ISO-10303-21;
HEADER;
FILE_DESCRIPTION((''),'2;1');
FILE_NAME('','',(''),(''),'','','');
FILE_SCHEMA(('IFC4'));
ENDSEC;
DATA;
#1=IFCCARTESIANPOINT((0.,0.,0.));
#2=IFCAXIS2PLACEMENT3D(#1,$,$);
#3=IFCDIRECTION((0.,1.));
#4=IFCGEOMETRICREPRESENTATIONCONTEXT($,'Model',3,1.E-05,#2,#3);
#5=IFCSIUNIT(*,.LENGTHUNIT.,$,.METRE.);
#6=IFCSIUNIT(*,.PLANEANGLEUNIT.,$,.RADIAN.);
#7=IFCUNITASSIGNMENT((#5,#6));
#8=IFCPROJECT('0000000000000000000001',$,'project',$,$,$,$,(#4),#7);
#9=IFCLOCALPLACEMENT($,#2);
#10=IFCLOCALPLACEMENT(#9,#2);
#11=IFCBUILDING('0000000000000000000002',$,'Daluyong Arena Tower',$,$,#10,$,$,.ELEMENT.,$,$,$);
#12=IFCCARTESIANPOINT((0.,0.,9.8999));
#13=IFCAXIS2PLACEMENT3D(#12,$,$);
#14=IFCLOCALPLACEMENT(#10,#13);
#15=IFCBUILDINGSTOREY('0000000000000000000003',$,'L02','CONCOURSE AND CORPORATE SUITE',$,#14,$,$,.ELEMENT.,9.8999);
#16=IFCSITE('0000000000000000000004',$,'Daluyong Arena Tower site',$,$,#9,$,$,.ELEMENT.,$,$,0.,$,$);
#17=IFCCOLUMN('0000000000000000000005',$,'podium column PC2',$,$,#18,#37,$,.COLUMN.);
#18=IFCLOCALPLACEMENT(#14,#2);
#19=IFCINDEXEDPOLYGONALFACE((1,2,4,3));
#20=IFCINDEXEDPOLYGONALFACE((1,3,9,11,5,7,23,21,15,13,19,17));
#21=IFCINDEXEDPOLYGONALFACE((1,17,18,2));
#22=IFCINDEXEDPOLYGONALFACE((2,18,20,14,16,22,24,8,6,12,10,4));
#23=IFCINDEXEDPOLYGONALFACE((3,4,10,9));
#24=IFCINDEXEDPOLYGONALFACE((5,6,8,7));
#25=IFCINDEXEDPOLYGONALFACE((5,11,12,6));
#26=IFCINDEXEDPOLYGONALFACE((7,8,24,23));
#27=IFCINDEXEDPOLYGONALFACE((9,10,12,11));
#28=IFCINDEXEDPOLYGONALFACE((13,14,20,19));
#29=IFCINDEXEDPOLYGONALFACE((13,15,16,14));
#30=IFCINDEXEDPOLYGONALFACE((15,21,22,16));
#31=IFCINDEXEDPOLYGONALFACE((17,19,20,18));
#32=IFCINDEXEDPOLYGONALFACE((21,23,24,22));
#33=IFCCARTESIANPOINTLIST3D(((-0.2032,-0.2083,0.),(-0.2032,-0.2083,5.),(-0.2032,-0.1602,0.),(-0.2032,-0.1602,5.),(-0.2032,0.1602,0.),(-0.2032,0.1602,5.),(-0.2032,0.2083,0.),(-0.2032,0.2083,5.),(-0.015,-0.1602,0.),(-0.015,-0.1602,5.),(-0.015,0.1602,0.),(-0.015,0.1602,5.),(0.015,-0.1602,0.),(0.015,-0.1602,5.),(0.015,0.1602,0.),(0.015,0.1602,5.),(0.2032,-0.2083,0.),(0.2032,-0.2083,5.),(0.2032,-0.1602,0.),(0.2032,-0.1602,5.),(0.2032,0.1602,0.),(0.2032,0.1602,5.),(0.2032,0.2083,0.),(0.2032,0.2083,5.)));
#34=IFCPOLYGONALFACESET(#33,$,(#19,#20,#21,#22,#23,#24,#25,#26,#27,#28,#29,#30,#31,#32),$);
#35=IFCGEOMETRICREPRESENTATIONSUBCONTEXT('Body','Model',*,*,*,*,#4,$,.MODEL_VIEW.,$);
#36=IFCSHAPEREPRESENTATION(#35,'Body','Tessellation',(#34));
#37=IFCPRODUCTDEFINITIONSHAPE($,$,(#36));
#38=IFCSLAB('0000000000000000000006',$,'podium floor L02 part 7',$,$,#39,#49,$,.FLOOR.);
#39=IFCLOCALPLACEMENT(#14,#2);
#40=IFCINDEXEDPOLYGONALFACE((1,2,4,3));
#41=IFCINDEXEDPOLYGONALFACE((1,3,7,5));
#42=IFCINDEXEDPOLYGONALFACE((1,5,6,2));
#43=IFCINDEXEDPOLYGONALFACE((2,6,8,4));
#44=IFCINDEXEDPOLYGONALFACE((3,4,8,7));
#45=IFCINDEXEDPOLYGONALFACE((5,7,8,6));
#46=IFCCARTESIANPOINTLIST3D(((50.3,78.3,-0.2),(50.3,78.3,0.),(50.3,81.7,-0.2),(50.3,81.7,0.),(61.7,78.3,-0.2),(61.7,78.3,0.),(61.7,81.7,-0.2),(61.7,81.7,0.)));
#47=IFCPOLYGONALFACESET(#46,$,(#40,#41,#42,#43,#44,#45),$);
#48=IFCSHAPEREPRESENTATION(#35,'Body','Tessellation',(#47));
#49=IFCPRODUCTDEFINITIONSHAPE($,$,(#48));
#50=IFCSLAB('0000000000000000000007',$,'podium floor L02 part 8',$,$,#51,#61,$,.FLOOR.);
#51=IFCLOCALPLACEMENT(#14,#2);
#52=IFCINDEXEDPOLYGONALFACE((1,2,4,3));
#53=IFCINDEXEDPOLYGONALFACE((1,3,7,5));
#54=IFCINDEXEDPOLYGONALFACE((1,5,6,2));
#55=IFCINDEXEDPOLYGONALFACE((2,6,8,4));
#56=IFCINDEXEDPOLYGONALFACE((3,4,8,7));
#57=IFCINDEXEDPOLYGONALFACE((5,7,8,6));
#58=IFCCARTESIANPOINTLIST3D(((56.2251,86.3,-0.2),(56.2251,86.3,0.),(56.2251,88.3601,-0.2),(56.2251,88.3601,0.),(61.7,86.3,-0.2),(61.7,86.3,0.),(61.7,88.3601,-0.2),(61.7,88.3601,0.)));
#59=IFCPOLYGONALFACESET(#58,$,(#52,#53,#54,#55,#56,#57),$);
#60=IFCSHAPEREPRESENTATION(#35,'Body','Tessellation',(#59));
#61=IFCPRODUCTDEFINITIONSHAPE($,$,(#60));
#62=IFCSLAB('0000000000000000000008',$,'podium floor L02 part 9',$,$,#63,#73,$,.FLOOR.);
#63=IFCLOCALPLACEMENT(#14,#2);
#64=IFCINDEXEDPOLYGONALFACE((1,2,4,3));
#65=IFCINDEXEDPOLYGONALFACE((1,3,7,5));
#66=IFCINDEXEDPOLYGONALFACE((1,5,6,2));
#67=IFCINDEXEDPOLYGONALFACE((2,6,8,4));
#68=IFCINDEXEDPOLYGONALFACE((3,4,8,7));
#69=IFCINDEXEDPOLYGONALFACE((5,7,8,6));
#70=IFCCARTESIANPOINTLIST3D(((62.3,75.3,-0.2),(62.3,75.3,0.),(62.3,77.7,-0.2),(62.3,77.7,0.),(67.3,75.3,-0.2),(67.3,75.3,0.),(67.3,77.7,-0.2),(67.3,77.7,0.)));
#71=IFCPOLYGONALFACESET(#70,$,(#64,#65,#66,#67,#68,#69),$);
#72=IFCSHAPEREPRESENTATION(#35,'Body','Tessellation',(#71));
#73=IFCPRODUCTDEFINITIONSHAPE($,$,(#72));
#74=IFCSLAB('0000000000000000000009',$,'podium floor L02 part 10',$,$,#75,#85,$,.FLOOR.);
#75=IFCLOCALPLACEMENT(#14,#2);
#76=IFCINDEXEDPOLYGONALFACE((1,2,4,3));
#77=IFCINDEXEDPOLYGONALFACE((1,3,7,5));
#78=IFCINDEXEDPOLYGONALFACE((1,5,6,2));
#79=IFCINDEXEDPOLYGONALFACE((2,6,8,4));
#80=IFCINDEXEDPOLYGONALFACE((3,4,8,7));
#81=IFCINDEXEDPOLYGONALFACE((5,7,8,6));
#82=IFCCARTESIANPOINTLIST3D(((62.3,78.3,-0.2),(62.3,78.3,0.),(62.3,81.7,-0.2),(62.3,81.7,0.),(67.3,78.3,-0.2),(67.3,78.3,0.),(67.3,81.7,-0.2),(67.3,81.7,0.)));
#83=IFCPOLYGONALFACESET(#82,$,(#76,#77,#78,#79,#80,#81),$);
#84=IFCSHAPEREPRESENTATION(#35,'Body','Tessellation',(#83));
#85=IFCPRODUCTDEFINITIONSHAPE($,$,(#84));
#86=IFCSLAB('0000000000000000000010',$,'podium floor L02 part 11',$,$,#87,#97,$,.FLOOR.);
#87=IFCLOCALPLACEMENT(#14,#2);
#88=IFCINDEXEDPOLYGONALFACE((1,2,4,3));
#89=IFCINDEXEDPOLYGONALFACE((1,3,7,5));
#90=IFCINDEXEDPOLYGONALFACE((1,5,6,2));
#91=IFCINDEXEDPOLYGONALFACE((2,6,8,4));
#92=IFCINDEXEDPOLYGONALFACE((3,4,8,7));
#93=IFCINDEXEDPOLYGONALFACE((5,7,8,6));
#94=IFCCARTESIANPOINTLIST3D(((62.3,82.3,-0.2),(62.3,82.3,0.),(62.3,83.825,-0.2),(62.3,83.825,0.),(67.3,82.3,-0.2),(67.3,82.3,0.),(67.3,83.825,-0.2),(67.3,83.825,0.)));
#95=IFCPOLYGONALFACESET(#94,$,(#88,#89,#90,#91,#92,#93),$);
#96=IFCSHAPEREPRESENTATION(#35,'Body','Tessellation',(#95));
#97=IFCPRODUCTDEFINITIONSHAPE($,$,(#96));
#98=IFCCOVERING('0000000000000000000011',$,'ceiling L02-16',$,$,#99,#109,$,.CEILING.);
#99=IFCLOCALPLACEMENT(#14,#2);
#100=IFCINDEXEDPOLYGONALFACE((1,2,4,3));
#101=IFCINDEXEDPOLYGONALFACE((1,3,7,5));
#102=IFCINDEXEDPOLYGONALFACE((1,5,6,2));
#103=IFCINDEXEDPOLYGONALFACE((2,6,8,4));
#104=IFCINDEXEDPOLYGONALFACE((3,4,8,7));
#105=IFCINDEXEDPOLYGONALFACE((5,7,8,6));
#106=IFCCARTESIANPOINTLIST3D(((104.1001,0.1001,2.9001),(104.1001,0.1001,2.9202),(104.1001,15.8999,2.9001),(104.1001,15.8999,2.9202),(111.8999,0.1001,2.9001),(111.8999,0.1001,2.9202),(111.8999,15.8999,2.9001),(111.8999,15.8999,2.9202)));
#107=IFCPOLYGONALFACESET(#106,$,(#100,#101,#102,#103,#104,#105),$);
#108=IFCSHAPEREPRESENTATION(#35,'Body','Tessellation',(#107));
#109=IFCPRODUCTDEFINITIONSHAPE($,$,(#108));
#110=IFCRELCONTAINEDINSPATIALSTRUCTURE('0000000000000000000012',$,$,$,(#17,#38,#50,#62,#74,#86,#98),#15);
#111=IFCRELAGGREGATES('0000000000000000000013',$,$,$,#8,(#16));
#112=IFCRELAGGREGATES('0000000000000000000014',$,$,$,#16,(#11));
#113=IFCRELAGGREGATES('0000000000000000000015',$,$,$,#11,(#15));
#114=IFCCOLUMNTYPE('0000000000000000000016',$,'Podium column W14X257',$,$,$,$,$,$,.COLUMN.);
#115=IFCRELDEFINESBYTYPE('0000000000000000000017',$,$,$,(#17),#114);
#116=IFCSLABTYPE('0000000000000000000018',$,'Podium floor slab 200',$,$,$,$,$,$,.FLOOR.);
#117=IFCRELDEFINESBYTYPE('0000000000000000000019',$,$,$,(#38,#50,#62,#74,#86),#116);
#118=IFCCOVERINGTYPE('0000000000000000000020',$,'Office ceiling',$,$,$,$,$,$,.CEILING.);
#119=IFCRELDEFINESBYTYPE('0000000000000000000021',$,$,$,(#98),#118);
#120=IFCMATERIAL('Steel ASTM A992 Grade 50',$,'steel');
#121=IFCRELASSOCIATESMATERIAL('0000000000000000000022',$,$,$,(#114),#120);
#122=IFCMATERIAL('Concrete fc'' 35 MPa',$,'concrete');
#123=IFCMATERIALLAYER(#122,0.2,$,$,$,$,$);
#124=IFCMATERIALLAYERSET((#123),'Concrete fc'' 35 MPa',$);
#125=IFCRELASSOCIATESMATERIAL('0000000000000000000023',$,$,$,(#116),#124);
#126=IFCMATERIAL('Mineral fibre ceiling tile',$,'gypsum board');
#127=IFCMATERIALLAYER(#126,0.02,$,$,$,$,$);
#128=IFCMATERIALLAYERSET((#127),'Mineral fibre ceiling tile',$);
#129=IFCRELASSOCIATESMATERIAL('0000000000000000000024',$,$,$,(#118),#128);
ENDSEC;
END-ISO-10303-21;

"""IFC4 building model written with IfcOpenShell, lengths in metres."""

from ifc_helpers import new_model, si_unit, direction, frame, origin, origin_with_axes, origin_2d, place, context, subcontext, project, spatial, polyline, i_section, outline, extrude, material, layer, layer_set, material_profile, profile_set, type_object, element, save


model = new_model("IFC4")

# Units and contexts
model_context = context("Model", 3, precision=1e-05, world=origin(), true_north=direction((0.0, 1.0)))
body_context = subcontext(model_context, "Body", "Model", "MODEL_VIEW")
ifc_project = project(units=[si_unit("LENGTHUNIT", "METRE"), si_unit("PLANEANGLEUNIT", "RADIAN")], contexts=[model_context])

# Site, building, storey
site_placement = place(None, origin())
site = spatial("IfcSite", under=ifc_project, at=site_placement, Name="Daluyong Arena Tower site", CompositionType="ELEMENT", RefElevation=0.0)
building_placement = place(site_placement, origin())
building = spatial("IfcBuilding", under=site, at=building_placement, Name="Daluyong Arena Tower", CompositionType="ELEMENT")
storey_placement = place(building_placement, frame((0.0, 0.0, 9.8999)))
storey = spatial("IfcBuildingStorey", under=building, at=storey_placement, Name="L02", Description="CONCOURSE AND CORPORATE SUITE", CompositionType="ELEMENT", Elevation=9.8999)

# Column
ifc_material_1 = material(Name="Steel ASTM A992 Grade 50", Category="steel")
ifc_material_profile = material_profile(ifc_material_1, i_section(OverallWidth=0.4065, OverallDepth=0.4165, WebThickness=0.03, FlangeThickness=0.0481, at=origin_2d()))
ifc_profile_set = profile_set([ifc_material_profile], Name="Steel ASTM A992 Grade 50")
column_type = type_object("IfcColumnType", Name="Podium column W14X257", PredefinedType="COLUMN", material=ifc_profile_set)
column_placement = place(storey_placement, origin_with_axes())
element("IfcColumn", 1, at=column_placement, inside=storey, type_object=column_type, Name="podium column PC2", PredefinedType="COLUMN", context=body_context, shape_type="SweptSolid", body=[
    extrude(i_section(OverallWidth=0.4065, OverallDepth=0.4165, WebThickness=0.03, FlangeThickness=0.0481, at=origin_2d()), origin(), (0.0, 0.0, 1.0), 5.0),
])

# Slabs
ifc_material_2 = material(Name="Concrete fc' 35 MPa", Category="concrete")
ifc_layer_1 = layer(ifc_material_2, 0.2)
ifc_layer_set_1 = layer_set([ifc_layer_1], Name="Concrete fc' 35 MPa")
slab_type = type_object("IfcSlabType", Name="Podium floor slab 200", PredefinedType="FLOOR", material=ifc_layer_set_1)
slab_1_placement = place(storey_placement, frame((0.0, 0.0, -0.2)))
element("IfcSlab", 2, at=slab_1_placement, inside=storey, type_object=slab_type, Name="podium floor L02 part 7", PredefinedType="FLOOR", context=body_context, shape_type="SweptSolid", body=[
    extrude(outline(polyline([(61.7, 81.7), (50.3, 81.7), (50.3, 78.3), (61.7, 78.3), (61.7, 81.7)])), origin(), (0.0, 0.0, 1.0), 0.2),
])
slab_2_placement = place(storey_placement, frame((0.0, 0.0, -0.2)))
element("IfcSlab", 3, at=slab_2_placement, inside=storey, type_object=slab_type, Name="podium floor L02 part 8", PredefinedType="FLOOR", context=body_context, shape_type="SweptSolid", body=[
    extrude(outline(polyline([(56.2251, 88.3601), (56.2251, 86.3), (61.7, 86.3), (61.7, 88.3601), (56.2251, 88.3601)])), origin(), (0.0, 0.0, 1.0), 0.2),
])
slab_3_placement = place(storey_placement, frame((0.0, 0.0, -0.2)))
element("IfcSlab", 4, at=slab_3_placement, inside=storey, type_object=slab_type, Name="podium floor L02 part 9", PredefinedType="FLOOR", context=body_context, shape_type="SweptSolid", body=[
    extrude(outline(polyline([(67.3, 75.3), (67.3, 77.7), (62.3, 77.7), (62.3, 75.3), (67.3, 75.3)])), origin(), (0.0, 0.0, 1.0), 0.2),
])
slab_4_placement = place(storey_placement, frame((0.0, 0.0, -0.2)))
element("IfcSlab", 5, at=slab_4_placement, inside=storey, type_object=slab_type, Name="podium floor L02 part 10", PredefinedType="FLOOR", context=body_context, shape_type="SweptSolid", body=[
    extrude(outline(polyline([(67.3, 81.7), (62.3, 81.7), (62.3, 78.3), (67.3, 78.3), (67.3, 81.7)])), origin(), (0.0, 0.0, 1.0), 0.2),
])
slab_5_placement = place(storey_placement, frame((0.0, 0.0, -0.2)))
element("IfcSlab", 6, at=slab_5_placement, inside=storey, type_object=slab_type, Name="podium floor L02 part 11", PredefinedType="FLOOR", context=body_context, shape_type="SweptSolid", body=[
    extrude(outline(polyline([(62.3, 83.825), (62.3, 82.3), (67.3, 82.3), (67.3, 83.825), (62.3, 83.825)])), origin(), (0.0, 0.0, 1.0), 0.2),
])

# Covering
ifc_material_3 = material(Name="Mineral fibre ceiling tile", Category="gypsum board")
ifc_layer_2 = layer(ifc_material_3, 0.02)
ifc_layer_set_2 = layer_set([ifc_layer_2], Name="Mineral fibre ceiling tile")
covering_type = type_object("IfcCoveringType", Name="Office ceiling", PredefinedType="CEILING", material=ifc_layer_set_2)
covering_placement = place(storey_placement, frame((0.0, 0.0, 2.9001)))
element("IfcCovering", 7, at=covering_placement, inside=storey, type_object=covering_type, Name="ceiling L02-16", PredefinedType="CEILING", context=body_context, shape_type="SweptSolid", body=[
    extrude(outline(polyline([(111.8999, 0.1001), (111.8999, 15.8999), (104.1001, 15.8999), (104.1001, 0.1001), (111.8999, 0.1001)])), origin(), (0.0, 0.0, 1.0), 0.02),
])

save(model, "model.ifc")
